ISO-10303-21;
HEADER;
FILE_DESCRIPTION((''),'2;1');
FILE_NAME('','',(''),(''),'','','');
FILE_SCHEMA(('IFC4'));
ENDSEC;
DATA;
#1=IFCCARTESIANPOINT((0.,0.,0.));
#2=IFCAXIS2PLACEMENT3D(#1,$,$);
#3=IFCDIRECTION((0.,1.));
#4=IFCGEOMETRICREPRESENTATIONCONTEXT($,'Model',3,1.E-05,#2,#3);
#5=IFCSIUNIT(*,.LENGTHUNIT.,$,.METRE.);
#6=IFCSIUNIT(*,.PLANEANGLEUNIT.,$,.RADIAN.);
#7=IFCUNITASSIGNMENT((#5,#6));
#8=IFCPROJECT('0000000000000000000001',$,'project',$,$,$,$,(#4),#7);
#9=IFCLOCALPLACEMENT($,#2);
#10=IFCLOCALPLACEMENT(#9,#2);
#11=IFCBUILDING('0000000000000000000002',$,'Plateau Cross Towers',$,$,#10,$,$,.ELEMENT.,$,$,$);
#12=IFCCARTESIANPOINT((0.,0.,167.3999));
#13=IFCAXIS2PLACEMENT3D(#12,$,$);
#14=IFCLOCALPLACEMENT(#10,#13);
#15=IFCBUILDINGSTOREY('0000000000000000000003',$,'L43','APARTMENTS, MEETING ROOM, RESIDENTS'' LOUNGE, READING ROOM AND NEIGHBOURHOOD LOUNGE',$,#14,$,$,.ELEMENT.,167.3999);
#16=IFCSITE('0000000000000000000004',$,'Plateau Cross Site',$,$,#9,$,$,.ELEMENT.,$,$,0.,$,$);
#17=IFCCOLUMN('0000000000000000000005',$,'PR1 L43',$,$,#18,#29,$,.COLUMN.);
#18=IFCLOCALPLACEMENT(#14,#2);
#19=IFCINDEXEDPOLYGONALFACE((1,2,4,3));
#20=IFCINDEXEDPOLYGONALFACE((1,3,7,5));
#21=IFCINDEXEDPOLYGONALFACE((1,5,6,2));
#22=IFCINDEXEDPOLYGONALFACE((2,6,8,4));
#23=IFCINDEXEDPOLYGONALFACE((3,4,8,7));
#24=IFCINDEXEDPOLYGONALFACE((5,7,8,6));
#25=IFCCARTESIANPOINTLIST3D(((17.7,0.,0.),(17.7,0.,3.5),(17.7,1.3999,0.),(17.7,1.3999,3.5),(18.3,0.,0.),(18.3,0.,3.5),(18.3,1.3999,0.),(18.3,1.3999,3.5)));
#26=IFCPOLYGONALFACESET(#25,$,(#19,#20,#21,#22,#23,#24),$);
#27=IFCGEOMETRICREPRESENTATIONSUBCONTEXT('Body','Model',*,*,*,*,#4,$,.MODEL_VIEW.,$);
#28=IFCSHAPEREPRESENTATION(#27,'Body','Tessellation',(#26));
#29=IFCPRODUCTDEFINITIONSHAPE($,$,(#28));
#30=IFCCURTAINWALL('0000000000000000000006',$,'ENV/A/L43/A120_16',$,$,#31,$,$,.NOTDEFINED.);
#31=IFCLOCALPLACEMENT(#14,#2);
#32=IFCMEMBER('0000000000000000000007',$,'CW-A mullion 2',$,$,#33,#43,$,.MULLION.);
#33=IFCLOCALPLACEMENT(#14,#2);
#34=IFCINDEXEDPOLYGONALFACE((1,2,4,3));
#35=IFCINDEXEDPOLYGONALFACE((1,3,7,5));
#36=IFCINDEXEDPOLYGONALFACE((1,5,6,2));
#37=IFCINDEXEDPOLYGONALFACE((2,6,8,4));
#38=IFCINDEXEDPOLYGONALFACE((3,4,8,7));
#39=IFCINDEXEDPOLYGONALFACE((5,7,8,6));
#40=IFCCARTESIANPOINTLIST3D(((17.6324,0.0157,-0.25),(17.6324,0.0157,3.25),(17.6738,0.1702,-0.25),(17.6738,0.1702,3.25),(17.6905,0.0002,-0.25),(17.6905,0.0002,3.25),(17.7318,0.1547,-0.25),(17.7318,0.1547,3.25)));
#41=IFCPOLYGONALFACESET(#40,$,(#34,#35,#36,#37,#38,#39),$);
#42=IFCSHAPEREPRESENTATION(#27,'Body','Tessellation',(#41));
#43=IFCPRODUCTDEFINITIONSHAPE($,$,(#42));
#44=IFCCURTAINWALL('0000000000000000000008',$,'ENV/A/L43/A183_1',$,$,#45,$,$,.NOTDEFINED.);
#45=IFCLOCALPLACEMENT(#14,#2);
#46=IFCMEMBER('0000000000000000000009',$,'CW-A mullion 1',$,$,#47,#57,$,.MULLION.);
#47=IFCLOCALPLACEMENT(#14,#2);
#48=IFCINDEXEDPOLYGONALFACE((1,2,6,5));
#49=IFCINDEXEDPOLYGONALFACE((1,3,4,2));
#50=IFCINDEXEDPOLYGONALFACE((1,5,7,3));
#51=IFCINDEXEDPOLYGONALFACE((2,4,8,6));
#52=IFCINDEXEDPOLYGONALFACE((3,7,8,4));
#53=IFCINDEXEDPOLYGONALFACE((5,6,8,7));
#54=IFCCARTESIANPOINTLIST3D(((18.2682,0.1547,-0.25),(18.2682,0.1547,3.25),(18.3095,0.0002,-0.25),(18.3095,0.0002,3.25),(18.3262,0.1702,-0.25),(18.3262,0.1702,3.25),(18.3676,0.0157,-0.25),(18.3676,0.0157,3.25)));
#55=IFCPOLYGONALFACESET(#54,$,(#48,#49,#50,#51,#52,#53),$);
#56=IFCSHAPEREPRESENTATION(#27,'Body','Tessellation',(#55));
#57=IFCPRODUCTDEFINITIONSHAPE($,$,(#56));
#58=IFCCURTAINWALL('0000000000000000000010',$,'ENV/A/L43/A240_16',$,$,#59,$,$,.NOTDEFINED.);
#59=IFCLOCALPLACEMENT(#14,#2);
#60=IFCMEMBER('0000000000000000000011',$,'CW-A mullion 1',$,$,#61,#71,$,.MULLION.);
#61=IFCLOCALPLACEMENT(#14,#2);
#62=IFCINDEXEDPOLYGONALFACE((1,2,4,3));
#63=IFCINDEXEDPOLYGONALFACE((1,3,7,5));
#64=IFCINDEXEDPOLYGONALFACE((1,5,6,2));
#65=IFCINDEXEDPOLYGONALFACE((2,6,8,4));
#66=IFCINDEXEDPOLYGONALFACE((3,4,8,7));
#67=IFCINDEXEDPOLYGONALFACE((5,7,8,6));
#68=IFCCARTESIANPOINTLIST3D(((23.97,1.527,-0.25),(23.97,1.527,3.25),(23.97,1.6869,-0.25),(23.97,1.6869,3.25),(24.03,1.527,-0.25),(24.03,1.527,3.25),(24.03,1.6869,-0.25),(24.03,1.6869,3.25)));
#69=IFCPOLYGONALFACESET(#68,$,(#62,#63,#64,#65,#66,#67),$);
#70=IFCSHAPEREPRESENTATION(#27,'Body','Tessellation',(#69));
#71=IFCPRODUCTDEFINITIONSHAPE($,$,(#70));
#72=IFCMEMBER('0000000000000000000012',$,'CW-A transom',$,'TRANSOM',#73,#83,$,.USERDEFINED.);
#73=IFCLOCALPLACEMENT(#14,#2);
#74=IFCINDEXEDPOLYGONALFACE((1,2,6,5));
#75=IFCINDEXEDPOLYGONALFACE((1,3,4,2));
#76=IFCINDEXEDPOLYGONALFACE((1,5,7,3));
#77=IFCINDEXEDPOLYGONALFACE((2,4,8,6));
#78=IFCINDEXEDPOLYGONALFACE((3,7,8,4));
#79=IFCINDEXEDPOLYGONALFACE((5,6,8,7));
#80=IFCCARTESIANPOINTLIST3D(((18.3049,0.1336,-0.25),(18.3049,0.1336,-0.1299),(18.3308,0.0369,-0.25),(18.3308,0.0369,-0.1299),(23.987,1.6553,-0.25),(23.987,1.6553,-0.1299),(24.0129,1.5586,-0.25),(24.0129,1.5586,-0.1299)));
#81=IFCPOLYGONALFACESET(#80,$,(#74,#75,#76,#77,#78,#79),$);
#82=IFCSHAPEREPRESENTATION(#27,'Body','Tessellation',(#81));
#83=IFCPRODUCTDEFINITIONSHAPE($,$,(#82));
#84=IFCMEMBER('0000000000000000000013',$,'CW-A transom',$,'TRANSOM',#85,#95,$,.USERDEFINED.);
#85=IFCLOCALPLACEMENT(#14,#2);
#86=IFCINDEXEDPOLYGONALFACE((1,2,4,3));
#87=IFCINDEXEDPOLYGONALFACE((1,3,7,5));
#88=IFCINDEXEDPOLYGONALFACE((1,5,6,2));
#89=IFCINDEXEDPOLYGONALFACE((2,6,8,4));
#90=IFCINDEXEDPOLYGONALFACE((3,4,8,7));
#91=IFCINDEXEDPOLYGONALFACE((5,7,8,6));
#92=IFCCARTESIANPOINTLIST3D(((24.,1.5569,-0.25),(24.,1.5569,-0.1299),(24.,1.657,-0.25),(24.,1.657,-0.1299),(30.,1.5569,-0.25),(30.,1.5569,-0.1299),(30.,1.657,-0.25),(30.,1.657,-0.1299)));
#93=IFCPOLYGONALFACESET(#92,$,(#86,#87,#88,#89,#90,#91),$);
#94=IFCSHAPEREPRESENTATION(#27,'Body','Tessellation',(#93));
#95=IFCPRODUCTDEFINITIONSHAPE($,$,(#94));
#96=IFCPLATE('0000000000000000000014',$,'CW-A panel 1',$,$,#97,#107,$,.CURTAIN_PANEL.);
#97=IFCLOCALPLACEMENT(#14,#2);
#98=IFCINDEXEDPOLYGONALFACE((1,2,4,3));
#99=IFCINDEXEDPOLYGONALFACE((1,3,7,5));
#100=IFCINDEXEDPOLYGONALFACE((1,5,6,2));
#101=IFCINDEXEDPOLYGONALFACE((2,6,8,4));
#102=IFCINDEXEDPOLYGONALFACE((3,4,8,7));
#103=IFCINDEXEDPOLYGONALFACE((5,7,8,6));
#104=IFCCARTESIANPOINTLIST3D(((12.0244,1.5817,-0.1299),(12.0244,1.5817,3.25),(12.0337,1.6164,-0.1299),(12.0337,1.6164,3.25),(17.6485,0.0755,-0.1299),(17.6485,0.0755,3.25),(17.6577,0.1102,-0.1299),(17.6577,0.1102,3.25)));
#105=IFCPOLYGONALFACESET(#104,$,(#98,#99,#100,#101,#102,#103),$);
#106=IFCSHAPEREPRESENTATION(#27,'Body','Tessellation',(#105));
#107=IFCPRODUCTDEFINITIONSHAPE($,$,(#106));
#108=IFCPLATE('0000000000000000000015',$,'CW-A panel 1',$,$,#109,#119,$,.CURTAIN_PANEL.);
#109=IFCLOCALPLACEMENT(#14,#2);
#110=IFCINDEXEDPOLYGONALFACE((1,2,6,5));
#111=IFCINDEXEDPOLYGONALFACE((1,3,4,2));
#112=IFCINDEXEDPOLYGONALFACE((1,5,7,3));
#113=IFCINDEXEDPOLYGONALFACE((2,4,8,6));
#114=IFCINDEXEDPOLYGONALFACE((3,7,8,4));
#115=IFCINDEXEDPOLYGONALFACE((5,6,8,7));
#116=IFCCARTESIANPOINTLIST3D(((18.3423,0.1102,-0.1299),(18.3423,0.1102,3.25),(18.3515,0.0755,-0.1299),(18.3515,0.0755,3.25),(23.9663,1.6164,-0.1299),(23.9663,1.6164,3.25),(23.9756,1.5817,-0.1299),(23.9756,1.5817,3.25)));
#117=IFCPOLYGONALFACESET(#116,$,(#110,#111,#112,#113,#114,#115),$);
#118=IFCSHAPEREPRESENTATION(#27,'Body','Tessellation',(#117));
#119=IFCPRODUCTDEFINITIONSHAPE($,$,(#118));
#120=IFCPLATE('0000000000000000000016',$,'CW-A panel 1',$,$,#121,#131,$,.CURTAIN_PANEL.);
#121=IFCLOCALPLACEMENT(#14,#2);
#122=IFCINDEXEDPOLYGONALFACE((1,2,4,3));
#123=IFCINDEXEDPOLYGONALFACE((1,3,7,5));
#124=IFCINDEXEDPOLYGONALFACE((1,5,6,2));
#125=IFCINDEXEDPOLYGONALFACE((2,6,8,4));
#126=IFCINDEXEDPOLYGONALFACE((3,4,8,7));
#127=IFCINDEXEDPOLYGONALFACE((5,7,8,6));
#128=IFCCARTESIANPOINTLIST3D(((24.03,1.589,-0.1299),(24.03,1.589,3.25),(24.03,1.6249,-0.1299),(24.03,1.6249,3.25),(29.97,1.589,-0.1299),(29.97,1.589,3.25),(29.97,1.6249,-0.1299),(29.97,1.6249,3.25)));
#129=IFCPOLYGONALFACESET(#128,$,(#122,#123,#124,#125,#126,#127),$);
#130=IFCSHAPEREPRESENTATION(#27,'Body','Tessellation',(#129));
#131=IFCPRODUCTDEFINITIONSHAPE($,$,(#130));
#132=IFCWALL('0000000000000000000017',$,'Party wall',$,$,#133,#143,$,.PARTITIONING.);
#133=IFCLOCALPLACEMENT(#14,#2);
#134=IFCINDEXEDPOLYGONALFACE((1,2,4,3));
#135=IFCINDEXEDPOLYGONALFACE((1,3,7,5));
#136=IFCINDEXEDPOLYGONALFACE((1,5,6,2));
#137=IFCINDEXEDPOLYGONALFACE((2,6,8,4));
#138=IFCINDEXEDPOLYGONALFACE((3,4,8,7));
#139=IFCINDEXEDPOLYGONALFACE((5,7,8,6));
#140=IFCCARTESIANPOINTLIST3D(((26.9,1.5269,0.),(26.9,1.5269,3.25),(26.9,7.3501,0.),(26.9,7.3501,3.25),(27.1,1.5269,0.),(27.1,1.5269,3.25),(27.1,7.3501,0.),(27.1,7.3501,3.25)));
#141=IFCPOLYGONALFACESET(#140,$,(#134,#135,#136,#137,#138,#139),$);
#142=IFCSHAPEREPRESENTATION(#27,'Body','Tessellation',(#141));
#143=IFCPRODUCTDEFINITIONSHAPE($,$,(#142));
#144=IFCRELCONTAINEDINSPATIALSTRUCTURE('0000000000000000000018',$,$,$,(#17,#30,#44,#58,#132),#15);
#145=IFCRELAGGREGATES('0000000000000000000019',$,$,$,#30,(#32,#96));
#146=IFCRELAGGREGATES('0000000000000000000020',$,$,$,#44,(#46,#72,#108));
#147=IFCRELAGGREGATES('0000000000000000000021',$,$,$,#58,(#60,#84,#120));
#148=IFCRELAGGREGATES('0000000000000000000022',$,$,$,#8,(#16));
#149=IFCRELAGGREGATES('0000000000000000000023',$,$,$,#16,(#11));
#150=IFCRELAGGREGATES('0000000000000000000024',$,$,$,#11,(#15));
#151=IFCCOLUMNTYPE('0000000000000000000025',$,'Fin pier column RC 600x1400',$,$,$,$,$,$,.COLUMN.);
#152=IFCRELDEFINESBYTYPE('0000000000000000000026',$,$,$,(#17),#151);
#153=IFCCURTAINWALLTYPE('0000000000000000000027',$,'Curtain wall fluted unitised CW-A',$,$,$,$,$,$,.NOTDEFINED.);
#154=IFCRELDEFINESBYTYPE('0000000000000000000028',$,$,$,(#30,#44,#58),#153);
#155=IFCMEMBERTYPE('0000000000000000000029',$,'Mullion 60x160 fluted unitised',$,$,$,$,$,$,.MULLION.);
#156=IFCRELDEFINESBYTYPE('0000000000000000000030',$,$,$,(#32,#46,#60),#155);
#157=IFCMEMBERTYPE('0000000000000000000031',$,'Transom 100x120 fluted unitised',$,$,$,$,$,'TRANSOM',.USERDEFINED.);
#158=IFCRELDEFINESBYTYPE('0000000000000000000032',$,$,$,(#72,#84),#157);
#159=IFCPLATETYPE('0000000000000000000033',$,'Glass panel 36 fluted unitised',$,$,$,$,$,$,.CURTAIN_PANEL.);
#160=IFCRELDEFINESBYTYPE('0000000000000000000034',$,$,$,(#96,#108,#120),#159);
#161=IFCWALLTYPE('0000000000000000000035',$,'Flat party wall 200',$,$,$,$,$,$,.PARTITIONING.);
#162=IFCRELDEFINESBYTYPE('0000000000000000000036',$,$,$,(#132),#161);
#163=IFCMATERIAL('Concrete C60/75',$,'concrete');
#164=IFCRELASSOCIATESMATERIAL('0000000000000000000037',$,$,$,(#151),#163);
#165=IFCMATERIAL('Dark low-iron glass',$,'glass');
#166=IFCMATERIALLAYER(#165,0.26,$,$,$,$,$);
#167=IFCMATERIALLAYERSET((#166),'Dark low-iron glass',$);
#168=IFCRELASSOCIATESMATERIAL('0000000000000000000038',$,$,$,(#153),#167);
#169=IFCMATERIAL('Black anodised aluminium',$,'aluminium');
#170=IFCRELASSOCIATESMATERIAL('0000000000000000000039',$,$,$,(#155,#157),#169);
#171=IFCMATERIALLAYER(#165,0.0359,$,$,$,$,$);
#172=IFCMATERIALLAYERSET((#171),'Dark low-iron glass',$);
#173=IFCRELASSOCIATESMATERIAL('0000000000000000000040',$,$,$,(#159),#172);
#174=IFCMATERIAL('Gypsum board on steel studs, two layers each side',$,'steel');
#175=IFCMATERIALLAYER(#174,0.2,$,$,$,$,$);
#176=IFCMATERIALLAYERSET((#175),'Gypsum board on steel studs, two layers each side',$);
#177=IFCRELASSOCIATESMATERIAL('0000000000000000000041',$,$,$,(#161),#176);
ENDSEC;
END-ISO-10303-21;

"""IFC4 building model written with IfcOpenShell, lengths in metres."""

from ifc_helpers import new_model, si_unit, direction, frame, frame_2d, origin, origin_2d, place, context, subcontext, project, spatial, rectangle, extrude, material, layer, layer_set, material_profile, profile_set, type_object, element, aggregate, save


model = new_model("IFC4")

# Units and contexts
model_context = context("Model", 3, precision=1e-05, world=origin(), true_north=direction((0.0, 1.0)))
body_context = subcontext(model_context, "Body", "Model", "MODEL_VIEW")
ifc_project = project(units=[si_unit("LENGTHUNIT", "METRE"), si_unit("PLANEANGLEUNIT", "RADIAN")], contexts=[model_context])

# Site, building, storey
site_placement = place(None, origin())
site = spatial("IfcSite", under=ifc_project, at=site_placement, Name="Plateau Cross Site", CompositionType="ELEMENT", RefElevation=0.0)
building_placement = place(site_placement, origin())
building = spatial("IfcBuilding", under=site, at=building_placement, Name="Plateau Cross Towers", CompositionType="ELEMENT")
storey_placement = place(building_placement, frame((0.0, 0.0, 167.3999)))
storey = spatial("IfcBuildingStorey", under=building, at=storey_placement, Name="L43", Description="APARTMENTS, MEETING ROOM, RESIDENTS' LOUNGE, READING ROOM AND NEIGHBOURHOOD LOUNGE", CompositionType="ELEMENT", Elevation=167.3999)

# Column
ifc_material_1 = material(Name="Concrete C60/75", Category="concrete")
ifc_material_profile_1 = material_profile(ifc_material_1, rectangle(XDim=0.6001, YDim=1.3999, at=origin_2d()), Name="RC 600x1400")
ifc_profile_set_1 = profile_set([ifc_material_profile_1], Name="Concrete C60/75")
column_type = type_object("IfcColumnType", Name="Fin pier column RC 600x1400", PredefinedType="COLUMN", material=ifc_profile_set_1)
column_placement = place(storey_placement, frame((18.0, 0.7, 0.0), z_axis=(0.0, 0.0, 1.0), x_axis=(1.0, 0.0, 0.0)))
element("IfcColumn", 1, at=column_placement, inside=storey, type_object=column_type, Name="PR1 L43", PredefinedType="COLUMN", context=body_context, shape_type="SweptSolid", body=[
    extrude(rectangle(XDim=0.6001, YDim=1.3999, at=origin_2d()), origin(), (0.0, 0.0, 1.0), 3.5),
])

# Curtain walls, members
ifc_material_2 = material(Name="Dark low-iron glass", Category="glass")
ifc_layer_1 = layer(ifc_material_2, 0.26)
ifc_layer_set_1 = layer_set([ifc_layer_1], Name="Dark low-iron glass")
curtain_wall_type = type_object("IfcCurtainWallType", Name="Curtain wall fluted unitised CW-A", PredefinedType="NOTDEFINED", material=ifc_layer_set_1)
curtain_wall_1_placement = place(storey_placement, origin())
curtain_wall_1 = element("IfcCurtainWall", 2, at=curtain_wall_1_placement, inside=storey, type_object=curtain_wall_type, Name="ENV/A/L43/A120_16", PredefinedType="NOTDEFINED")
ifc_material_3 = material(Name="Black anodised aluminium", Category="aluminium")
ifc_material_profile_2 = material_profile(ifc_material_3, rectangle(XDim=0.0601, YDim=0.1599, at=origin_2d()), Name="MULLION 60x160")
ifc_profile_set_2 = profile_set([ifc_material_profile_2], Name="Black anodised aluminium")
member_type_1 = type_object("IfcMemberType", Name="Mullion 60x160 fluted unitised", PredefinedType="MULLION", material=ifc_profile_set_2)
member_1_placement = place(storey_placement, frame((17.6821, 0.0852, -0.25), z_axis=(0.0, 0.0, 1.0), x_axis=(0.965958, -0.258699, 0.0)))
member_1 = element("IfcMember", 3, at=member_1_placement, type_object=member_type_1, Name="CW-A mullion 2", PredefinedType="MULLION", context=body_context, shape_type="SweptSolid", body=[
    extrude(rectangle(XDim=0.0601, YDim=0.1599, at=origin_2d()), origin(), (0.0, 0.0, 1.0), 3.5),
])
curtain_wall_2_placement = place(storey_placement, origin())
curtain_wall_2 = element("IfcCurtainWall", 4, at=curtain_wall_2_placement, inside=storey, type_object=curtain_wall_type, Name="ENV/A/L43/A183_1", PredefinedType="NOTDEFINED")
member_2_placement = place(storey_placement, frame((18.3179, 0.0852, -0.25), z_axis=(0.0, 0.0, 1.0), x_axis=(0.965958, 0.258699, 0.0)))
member_2 = element("IfcMember", 5, at=member_2_placement, type_object=member_type_1, Name="CW-A mullion 1", PredefinedType="MULLION", context=body_context, shape_type="SweptSolid", body=[
    extrude(rectangle(XDim=0.0601, YDim=0.1599, at=origin_2d()), origin(), (0.0, 0.0, 1.0), 3.5),
])
curtain_wall_3_placement = place(storey_placement, origin())
curtain_wall_3 = element("IfcCurtainWall", 6, at=curtain_wall_3_placement, inside=storey, type_object=curtain_wall_type, Name="ENV/A/L43/A240_16", PredefinedType="NOTDEFINED")
member_3_placement = place(storey_placement, frame((24.0, 1.6069, -0.25), z_axis=(0.0, 0.0, 1.0), x_axis=(1.0, 0.0, 0.0)))
member_3 = element("IfcMember", 7, at=member_3_placement, type_object=member_type_1, Name="CW-A mullion 1", PredefinedType="MULLION", context=body_context, shape_type="SweptSolid", body=[
    extrude(rectangle(XDim=0.0601, YDim=0.1599, at=origin_2d()), origin(), (0.0, 0.0, 1.0), 3.5),
])

# Members
ifc_material_profile_3 = material_profile(ifc_material_3, rectangle(XDim=0.1001, YDim=0.1201, at=origin_2d()), Name="TRANSOM 100x120")
ifc_profile_set_3 = profile_set([ifc_material_profile_3], Name="Black anodised aluminium")
member_type_2 = type_object("IfcMemberType", Name="Transom 100x120 fluted unitised", ElementType="TRANSOM", PredefinedType="USERDEFINED", material=ifc_profile_set_3)
member_4_placement = place(storey_placement, frame((18.3179, 0.0852, -0.1899), z_axis=(0.96596, 0.258693, 0.0), x_axis=(-0.258693, 0.96596, 0.0)))
member_4 = element("IfcMember", 8, at=member_4_placement, type_object=member_type_2, Name="CW-A transom", ObjectType="TRANSOM", PredefinedType="USERDEFINED", context=body_context, shape_type="SweptSolid", body=[
    extrude(rectangle(XDim=0.1001, YDim=0.1201, at=origin_2d()), origin(), (0.0, 0.0, 1.0), 5.8823),
])
member_5_placement = place(storey_placement, frame((24.0, 1.6069, -0.1899), z_axis=(1.0, 0.0, 0.0), x_axis=(0.0, 1.0, 0.0)))
member_5 = element("IfcMember", 9, at=member_5_placement, type_object=member_type_2, Name="CW-A transom", ObjectType="TRANSOM", PredefinedType="USERDEFINED", context=body_context, shape_type="SweptSolid", body=[
    extrude(rectangle(XDim=0.1001, YDim=0.1201, at=origin_2d()), origin(), (0.0, 0.0, 1.0), 6.0),
])

# Plates
ifc_layer_2 = layer(ifc_material_2, 0.0359)
ifc_layer_set_2 = layer_set([ifc_layer_2], Name="Dark low-iron glass")
plate_type = type_object("IfcPlateType", Name="Glass panel 36 fluted unitised", PredefinedType="CURTAIN_PANEL", material=ifc_layer_set_2)
plate_1_placement = place(storey_placement, frame((14.8411, 0.8459, -0.1299), z_axis=(0.0, 0.0, 1.0), x_axis=(0.965958, -0.258699, 0.0)))
plate_1 = element("IfcPlate", 10, at=plate_1_placement, type_object=plate_type, Name="CW-A panel 1", PredefinedType="CURTAIN_PANEL", context=body_context, shape_type="SweptSolid", body=[
    extrude(rectangle(XDim=5.8223, YDim=0.0359, at=origin_2d()), origin(), (0.0, 0.0, 1.0), 3.3799),
])
aggregate(curtain_wall_1, [member_1, plate_1])
plate_2_placement = place(storey_placement, frame((21.1589, 0.8459, -0.1299), z_axis=(0.0, 0.0, 1.0), x_axis=(0.965958, 0.258699, 0.0)))
plate_2 = element("IfcPlate", 11, at=plate_2_placement, type_object=plate_type, Name="CW-A panel 1", PredefinedType="CURTAIN_PANEL", context=body_context, shape_type="SweptSolid", body=[
    extrude(rectangle(XDim=5.8223, YDim=0.0359, at=origin_2d()), origin(), (0.0, 0.0, 1.0), 3.3799),
])
aggregate(curtain_wall_2, [member_2, member_4, plate_2])
plate_3_placement = place(storey_placement, frame((27.0, 1.6069, -0.1299), z_axis=(0.0, 0.0, 1.0), x_axis=(1.0, 0.0, 0.0)))
plate_3 = element("IfcPlate", 12, at=plate_3_placement, type_object=plate_type, Name="CW-A panel 1", PredefinedType="CURTAIN_PANEL", context=body_context, shape_type="SweptSolid", body=[
    extrude(rectangle(XDim=5.9399, YDim=0.0359, at=origin_2d()), origin(), (0.0, 0.0, 1.0), 3.3799),
])
aggregate(curtain_wall_3, [member_3, member_5, plate_3])

# Wall
ifc_material_4 = material(Name="Gypsum board on steel studs, two layers each side", Category="steel")
ifc_layer_3 = layer(ifc_material_4, 0.2)
ifc_layer_set_3 = layer_set([ifc_layer_3], Name="Gypsum board on steel studs, two layers each side")
wall_type = type_object("IfcWallType", Name="Flat party wall 200", PredefinedType="PARTITIONING", material=ifc_layer_set_3)
wall_placement = place(storey_placement, frame((27.0, 1.5269, 0.0), z_axis=(0.0, 0.0, 1.0), x_axis=(0.0, 1.0, 0.0)))
element("IfcWall", 13, at=wall_placement, inside=storey, type_object=wall_type, Name="Party wall", PredefinedType="PARTITIONING", context=body_context, shape_type="SweptSolid", body=[
    extrude(rectangle(XDim=5.8232, YDim=0.2, at=frame_2d((2.9116, 0.0))), origin(), (0.0, 0.0, 1.0), 3.25),
])

save(model, "model.ifc")
